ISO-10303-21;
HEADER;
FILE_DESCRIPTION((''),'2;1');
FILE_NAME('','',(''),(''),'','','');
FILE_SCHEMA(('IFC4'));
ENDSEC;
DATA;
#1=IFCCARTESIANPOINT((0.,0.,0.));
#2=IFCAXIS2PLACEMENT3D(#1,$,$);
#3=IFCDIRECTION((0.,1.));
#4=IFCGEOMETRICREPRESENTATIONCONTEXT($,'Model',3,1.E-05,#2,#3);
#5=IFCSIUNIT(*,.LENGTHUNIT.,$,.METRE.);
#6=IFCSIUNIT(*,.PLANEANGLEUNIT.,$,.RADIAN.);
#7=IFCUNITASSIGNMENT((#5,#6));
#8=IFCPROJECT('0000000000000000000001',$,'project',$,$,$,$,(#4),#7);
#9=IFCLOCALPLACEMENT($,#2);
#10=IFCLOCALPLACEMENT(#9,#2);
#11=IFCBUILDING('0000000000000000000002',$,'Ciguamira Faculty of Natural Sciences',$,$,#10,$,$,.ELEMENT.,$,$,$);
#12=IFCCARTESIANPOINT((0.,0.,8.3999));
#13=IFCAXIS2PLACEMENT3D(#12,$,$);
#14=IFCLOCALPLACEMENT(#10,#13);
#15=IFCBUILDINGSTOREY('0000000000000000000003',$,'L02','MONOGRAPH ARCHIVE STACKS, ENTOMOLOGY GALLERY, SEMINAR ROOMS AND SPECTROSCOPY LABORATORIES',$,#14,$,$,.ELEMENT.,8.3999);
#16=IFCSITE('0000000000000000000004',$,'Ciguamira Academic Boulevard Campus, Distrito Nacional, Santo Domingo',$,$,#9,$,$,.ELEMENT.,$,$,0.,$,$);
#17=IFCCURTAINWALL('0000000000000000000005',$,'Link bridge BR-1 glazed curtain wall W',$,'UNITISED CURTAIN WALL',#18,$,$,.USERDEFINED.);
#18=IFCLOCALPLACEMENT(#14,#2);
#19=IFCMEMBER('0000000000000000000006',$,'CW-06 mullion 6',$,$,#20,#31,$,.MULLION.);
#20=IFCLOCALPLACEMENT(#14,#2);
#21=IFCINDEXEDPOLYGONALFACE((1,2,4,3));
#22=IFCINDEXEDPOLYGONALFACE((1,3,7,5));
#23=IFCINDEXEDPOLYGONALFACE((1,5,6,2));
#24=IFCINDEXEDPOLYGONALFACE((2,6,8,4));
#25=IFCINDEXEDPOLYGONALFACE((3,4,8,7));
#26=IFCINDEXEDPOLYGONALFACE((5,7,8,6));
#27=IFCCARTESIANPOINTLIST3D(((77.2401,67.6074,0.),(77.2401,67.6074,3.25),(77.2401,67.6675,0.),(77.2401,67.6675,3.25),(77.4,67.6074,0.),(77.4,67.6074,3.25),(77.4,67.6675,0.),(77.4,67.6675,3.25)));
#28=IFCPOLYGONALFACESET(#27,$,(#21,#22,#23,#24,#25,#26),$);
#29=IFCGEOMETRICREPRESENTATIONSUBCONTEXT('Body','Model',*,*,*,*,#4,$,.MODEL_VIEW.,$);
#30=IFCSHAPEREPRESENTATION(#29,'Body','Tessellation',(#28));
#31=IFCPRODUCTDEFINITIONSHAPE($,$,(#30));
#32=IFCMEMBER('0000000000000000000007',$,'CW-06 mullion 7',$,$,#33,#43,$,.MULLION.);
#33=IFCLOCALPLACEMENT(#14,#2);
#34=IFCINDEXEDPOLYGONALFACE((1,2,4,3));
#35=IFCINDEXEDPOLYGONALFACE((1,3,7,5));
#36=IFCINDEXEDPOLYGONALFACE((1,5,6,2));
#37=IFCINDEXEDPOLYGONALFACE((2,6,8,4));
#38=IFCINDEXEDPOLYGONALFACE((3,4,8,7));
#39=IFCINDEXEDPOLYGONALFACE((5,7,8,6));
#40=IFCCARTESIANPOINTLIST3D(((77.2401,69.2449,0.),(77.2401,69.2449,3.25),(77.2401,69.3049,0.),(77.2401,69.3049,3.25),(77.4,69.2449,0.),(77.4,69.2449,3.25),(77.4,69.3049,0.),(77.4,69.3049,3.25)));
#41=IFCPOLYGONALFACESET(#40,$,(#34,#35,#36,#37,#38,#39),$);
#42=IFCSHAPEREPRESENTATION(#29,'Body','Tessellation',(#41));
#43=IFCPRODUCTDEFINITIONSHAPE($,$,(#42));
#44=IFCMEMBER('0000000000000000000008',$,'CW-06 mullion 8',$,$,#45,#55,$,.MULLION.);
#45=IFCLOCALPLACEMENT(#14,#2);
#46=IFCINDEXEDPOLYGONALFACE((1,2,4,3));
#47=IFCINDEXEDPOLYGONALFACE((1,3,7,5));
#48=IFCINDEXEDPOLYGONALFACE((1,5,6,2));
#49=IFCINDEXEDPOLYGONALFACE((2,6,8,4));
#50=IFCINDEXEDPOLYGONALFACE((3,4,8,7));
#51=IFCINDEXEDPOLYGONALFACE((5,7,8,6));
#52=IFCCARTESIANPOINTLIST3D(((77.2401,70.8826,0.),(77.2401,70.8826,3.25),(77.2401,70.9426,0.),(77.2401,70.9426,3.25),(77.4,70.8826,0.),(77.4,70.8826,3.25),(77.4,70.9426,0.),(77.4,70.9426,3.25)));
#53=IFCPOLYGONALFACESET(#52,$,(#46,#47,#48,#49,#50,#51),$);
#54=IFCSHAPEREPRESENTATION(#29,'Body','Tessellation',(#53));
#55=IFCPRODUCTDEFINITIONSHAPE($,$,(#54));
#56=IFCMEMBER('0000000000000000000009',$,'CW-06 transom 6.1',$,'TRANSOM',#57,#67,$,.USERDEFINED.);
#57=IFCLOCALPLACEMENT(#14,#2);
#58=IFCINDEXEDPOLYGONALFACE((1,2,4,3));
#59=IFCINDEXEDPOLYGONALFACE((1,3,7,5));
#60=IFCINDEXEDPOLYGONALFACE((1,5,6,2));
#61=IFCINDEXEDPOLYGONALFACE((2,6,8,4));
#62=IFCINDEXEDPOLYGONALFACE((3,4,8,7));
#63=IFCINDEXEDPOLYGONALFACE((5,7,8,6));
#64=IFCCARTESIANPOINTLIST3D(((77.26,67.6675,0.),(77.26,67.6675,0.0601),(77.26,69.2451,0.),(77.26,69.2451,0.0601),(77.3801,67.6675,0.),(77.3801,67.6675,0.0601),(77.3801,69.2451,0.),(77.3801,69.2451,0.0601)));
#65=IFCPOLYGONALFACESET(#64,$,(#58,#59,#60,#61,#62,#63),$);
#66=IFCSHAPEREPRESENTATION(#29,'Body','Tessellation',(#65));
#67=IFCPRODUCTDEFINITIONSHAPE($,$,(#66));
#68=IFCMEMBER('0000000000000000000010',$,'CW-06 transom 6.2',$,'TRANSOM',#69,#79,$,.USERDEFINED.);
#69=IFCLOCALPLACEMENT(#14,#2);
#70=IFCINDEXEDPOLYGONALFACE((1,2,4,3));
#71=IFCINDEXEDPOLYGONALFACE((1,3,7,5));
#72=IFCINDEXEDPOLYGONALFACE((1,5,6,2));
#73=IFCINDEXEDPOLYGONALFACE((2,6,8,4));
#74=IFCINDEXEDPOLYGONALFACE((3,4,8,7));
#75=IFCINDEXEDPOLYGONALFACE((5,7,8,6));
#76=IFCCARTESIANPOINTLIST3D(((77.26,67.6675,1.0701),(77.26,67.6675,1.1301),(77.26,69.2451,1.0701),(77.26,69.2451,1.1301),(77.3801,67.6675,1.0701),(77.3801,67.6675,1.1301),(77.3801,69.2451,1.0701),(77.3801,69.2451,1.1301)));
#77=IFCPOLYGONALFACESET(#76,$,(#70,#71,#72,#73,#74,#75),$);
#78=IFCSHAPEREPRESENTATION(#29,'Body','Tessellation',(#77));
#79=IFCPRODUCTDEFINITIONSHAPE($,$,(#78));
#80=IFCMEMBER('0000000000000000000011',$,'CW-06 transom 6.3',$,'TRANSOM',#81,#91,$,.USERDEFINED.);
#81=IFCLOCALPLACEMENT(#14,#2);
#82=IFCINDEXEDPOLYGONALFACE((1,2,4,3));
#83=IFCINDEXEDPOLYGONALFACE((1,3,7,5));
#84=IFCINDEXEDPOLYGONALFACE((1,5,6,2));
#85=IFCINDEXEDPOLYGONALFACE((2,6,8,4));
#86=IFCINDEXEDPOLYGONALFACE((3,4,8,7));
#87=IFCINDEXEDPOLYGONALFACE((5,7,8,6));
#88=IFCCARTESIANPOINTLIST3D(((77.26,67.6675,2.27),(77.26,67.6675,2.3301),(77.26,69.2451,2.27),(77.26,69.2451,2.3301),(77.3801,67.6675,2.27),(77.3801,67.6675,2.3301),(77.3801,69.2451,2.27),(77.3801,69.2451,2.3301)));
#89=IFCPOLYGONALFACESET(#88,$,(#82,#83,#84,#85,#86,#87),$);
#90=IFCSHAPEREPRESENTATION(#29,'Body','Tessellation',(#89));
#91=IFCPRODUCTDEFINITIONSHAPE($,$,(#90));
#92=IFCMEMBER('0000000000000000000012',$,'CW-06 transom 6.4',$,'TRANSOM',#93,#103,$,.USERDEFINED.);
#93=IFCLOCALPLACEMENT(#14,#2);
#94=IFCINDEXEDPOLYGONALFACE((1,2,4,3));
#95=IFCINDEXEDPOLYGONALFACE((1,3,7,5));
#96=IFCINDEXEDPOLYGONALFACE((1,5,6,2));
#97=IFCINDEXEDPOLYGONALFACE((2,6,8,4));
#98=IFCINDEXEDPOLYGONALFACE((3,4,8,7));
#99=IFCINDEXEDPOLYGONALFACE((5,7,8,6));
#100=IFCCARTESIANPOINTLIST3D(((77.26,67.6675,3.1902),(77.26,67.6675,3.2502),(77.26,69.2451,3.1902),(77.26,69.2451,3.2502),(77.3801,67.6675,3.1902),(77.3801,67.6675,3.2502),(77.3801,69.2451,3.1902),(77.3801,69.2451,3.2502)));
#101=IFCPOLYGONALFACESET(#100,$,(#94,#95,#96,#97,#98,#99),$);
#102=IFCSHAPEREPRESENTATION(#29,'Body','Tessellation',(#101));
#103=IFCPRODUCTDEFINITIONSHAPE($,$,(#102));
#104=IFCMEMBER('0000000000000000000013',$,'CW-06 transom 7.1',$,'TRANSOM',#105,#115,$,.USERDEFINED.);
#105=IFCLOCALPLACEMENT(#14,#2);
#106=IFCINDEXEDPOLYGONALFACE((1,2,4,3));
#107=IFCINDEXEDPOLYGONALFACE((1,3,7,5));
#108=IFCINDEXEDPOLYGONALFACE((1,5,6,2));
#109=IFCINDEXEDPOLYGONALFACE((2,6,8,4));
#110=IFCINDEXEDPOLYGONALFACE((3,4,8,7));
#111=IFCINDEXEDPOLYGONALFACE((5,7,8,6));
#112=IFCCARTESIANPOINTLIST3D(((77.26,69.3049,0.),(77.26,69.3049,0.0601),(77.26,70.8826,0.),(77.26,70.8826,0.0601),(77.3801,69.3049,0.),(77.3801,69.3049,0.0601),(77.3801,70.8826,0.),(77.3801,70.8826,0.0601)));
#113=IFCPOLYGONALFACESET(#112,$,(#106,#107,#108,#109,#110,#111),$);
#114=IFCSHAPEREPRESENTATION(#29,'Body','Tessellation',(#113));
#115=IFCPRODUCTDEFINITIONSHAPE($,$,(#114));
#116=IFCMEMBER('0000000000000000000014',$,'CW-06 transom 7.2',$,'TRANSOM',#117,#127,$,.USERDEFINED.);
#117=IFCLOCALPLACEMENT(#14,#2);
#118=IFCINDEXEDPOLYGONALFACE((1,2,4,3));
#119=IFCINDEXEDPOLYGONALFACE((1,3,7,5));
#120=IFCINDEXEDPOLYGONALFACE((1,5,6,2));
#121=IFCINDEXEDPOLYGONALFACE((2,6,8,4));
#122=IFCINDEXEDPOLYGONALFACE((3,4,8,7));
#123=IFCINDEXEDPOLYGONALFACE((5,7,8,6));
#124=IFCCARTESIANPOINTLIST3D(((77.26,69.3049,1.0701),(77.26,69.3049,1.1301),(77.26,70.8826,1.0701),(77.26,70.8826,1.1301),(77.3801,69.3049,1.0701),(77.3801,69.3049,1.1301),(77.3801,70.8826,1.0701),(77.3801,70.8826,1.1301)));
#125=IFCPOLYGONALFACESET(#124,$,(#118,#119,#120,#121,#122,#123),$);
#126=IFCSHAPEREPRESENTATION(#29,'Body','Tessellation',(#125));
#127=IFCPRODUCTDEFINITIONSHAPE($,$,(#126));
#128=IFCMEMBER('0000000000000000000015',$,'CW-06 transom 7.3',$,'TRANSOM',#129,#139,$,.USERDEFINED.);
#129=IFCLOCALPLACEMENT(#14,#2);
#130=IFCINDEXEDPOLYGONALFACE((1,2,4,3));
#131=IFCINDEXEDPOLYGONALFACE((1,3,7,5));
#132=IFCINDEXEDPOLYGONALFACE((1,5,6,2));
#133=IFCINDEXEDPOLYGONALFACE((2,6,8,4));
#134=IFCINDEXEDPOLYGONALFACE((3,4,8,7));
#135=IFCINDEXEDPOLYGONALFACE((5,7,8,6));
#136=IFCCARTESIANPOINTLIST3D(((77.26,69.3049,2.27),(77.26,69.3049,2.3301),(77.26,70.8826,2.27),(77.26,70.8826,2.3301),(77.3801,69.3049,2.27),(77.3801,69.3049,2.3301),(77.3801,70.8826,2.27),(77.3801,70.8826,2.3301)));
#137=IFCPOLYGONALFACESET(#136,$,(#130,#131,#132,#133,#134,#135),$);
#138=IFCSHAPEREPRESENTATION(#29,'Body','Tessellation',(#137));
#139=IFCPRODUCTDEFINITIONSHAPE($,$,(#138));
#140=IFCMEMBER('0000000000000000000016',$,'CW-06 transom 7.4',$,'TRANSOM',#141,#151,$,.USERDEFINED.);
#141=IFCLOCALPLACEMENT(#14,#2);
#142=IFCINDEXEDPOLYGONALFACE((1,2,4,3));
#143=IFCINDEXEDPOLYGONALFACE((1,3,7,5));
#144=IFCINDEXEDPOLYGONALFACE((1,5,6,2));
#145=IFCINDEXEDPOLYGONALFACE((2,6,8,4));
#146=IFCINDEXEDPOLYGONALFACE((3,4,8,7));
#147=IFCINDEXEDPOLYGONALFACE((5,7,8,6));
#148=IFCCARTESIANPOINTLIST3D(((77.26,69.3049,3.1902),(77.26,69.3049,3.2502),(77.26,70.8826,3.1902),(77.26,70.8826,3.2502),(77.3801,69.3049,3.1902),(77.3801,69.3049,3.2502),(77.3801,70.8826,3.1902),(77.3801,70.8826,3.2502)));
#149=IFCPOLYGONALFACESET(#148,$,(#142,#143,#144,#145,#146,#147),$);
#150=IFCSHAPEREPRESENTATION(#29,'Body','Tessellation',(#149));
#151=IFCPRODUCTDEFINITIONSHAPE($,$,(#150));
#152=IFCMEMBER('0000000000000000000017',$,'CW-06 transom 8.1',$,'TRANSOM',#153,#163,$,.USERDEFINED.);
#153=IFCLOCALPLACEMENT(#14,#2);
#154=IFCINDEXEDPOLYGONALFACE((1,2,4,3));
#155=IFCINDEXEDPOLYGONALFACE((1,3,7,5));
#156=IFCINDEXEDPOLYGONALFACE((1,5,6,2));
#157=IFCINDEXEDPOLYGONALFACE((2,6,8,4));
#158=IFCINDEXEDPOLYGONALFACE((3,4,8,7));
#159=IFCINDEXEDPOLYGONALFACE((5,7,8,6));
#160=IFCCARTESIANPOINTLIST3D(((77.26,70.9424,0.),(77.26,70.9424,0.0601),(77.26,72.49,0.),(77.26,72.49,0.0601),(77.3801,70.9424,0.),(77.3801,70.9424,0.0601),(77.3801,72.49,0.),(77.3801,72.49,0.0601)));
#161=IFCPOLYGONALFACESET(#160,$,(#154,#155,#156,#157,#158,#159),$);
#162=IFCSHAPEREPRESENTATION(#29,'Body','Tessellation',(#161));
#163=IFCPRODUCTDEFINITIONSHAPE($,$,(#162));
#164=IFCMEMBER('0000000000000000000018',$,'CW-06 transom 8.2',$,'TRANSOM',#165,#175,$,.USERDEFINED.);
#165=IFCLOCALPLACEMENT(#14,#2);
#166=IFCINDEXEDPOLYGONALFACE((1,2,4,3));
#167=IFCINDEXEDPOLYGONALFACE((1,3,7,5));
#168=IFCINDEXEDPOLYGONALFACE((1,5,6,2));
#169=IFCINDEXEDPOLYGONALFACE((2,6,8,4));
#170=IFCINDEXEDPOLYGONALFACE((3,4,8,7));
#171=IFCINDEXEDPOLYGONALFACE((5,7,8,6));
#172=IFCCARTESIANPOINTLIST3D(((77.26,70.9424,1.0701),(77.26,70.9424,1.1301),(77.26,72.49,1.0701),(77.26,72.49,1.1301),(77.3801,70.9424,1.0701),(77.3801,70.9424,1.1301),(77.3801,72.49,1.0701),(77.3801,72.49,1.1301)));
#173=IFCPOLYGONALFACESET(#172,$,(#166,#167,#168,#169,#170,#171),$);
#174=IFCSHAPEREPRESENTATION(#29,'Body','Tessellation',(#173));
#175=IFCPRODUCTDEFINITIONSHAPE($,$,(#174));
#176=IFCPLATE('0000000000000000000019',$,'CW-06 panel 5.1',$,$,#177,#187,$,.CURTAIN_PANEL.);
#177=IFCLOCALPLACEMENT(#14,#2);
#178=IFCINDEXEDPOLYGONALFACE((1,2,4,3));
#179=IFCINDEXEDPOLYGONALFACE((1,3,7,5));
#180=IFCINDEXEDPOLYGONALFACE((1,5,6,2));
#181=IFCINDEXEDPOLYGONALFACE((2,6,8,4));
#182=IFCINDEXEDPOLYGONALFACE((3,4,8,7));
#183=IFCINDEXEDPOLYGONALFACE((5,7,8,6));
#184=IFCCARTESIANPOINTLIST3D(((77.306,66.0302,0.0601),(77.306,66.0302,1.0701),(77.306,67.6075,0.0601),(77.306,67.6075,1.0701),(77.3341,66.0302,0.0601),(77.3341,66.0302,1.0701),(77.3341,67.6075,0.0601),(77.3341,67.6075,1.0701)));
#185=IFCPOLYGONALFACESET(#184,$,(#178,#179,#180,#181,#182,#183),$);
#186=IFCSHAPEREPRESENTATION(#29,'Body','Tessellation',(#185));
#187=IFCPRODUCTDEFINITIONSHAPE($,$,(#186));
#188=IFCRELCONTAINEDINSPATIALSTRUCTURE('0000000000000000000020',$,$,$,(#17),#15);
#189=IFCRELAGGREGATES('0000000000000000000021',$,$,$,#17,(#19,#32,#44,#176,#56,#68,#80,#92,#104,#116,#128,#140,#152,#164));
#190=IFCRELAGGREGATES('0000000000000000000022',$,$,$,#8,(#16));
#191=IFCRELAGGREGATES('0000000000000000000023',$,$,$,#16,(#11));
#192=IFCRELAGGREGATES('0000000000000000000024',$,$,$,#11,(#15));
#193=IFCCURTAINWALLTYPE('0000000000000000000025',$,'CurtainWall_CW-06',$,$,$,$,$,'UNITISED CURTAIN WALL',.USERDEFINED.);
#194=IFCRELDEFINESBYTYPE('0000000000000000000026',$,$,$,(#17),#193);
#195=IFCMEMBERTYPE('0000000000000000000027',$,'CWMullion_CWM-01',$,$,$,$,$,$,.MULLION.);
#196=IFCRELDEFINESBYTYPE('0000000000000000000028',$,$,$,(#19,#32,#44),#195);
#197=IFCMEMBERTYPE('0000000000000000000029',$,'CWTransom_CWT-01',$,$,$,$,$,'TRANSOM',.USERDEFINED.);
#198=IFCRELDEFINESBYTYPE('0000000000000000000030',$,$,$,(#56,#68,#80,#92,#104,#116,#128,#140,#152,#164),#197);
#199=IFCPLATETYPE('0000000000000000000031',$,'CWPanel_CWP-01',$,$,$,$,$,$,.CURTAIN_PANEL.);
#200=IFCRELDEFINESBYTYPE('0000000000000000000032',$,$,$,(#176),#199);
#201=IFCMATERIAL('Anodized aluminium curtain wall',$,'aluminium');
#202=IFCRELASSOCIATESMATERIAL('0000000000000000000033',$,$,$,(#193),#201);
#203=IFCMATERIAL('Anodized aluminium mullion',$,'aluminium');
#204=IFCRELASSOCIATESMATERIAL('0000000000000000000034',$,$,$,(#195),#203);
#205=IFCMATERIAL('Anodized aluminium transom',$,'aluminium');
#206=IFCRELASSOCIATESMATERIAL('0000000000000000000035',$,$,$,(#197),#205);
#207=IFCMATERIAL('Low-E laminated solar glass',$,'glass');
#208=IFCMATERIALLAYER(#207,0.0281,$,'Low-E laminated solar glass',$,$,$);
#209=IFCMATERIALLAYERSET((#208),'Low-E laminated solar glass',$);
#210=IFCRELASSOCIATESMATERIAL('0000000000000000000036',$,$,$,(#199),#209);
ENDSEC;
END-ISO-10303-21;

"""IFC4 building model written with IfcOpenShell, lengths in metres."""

from ifc_helpers import new_model, si_unit, direction, frame, origin, origin_2d, place, context, subcontext, project, spatial, rectangle, extrude, material, layer, layer_set, material_profile, profile_set, type_object, element, aggregate, save


model = new_model("IFC4")

# Units and contexts
model_context = context("Model", 3, precision=1e-05, world=origin(), true_north=direction((0.0, 1.0)))
body_context = subcontext(model_context, "Body", "Model", "MODEL_VIEW")
ifc_project = project(units=[si_unit("LENGTHUNIT", "METRE"), si_unit("PLANEANGLEUNIT", "RADIAN")], contexts=[model_context])

# Site, building, storey
site_placement = place(None, origin())
site = spatial("IfcSite", under=ifc_project, at=site_placement, Name="Ciguamira Academic Boulevard Campus, Distrito Nacional, Santo Domingo", CompositionType="ELEMENT", RefElevation=0.0)
building_placement = place(site_placement, origin())
building = spatial("IfcBuilding", under=site, at=building_placement, Name="Ciguamira Faculty of Natural Sciences", CompositionType="ELEMENT")
storey_placement = place(building_placement, frame((0.0, 0.0, 8.3999)))
storey = spatial("IfcBuildingStorey", under=building, at=storey_placement, Name="L02", Description="MONOGRAPH ARCHIVE STACKS, ENTOMOLOGY GALLERY, SEMINAR ROOMS AND SPECTROSCOPY LABORATORIES", CompositionType="ELEMENT", Elevation=8.3999)

# Curtain wall, members, plate
ifc_material_1 = material(Name="Anodized aluminium curtain wall", Category="aluminium")
curtain_wall_type = type_object("IfcCurtainWallType", Name="CurtainWall_CW-06", ElementType="UNITISED CURTAIN WALL", PredefinedType="USERDEFINED", material=ifc_material_1)
curtain_wall_placement = place(storey_placement, origin())
curtain_wall = element("IfcCurtainWall", 1, at=curtain_wall_placement, inside=storey, type_object=curtain_wall_type, Name="Link bridge BR-1 glazed curtain wall W", ObjectType="UNITISED CURTAIN WALL", PredefinedType="USERDEFINED")
ifc_material_2 = material(Name="Anodized aluminium mullion", Category="aluminium")
ifc_material_profile_1 = material_profile(ifc_material_2, rectangle(XDim=0.0601, YDim=0.1599, at=origin_2d()), Name="ALU-MUL-60X160")
ifc_profile_set_1 = profile_set([ifc_material_profile_1], Name="Anodized aluminium mullion")
member_type_1 = type_object("IfcMemberType", Name="CWMullion_CWM-01", PredefinedType="MULLION", material=ifc_profile_set_1)
member_1_placement = place(storey_placement, frame((77.3201, 67.6375, 0.0), z_axis=(0.0, 0.0, 1.0), x_axis=(0.0, 1.0, 0.0)))
member_1 = element("IfcMember", 2, at=member_1_placement, type_object=member_type_1, Name="CW-06 mullion 6", PredefinedType="MULLION", context=body_context, shape_type="SweptSolid", body=[
    extrude(rectangle(XDim=0.0601, YDim=0.1599, at=origin_2d()), origin(), (0.0, 0.0, 1.0), 3.25),
])
member_2_placement = place(storey_placement, frame((77.3201, 69.2749, 0.0), z_axis=(0.0, 0.0, 1.0), x_axis=(0.0, 1.0, 0.0)))
member_2 = element("IfcMember", 3, at=member_2_placement, type_object=member_type_1, Name="CW-06 mullion 7", PredefinedType="MULLION", context=body_context, shape_type="SweptSolid", body=[
    extrude(rectangle(XDim=0.0601, YDim=0.1599, at=origin_2d()), origin(), (0.0, 0.0, 1.0), 3.25),
])
member_3_placement = place(storey_placement, frame((77.3201, 70.9126, 0.0), z_axis=(0.0, 0.0, 1.0), x_axis=(0.0, 1.0, 0.0)))
member_3 = element("IfcMember", 4, at=member_3_placement, type_object=member_type_1, Name="CW-06 mullion 8", PredefinedType="MULLION", context=body_context, shape_type="SweptSolid", body=[
    extrude(rectangle(XDim=0.0601, YDim=0.1599, at=origin_2d()), origin(), (0.0, 0.0, 1.0), 3.25),
])
ifc_material_3 = material(Name="Anodized aluminium transom", Category="aluminium")
ifc_material_profile_2 = material_profile(ifc_material_3, rectangle(XDim=0.0601, YDim=0.1201, at=origin_2d()), Name="ALU-TRN-60X120")
ifc_profile_set_2 = profile_set([ifc_material_profile_2], Name="Anodized aluminium transom")
member_type_2 = type_object("IfcMemberType", Name="CWTransom_CWT-01", ElementType="TRANSOM", PredefinedType="USERDEFINED", material=ifc_profile_set_2)
member_4_placement = place(storey_placement, frame((77.3201, 67.6675, 0.03), z_axis=(0.0, 1.0, 0.0), x_axis=(0.0, 0.0, 1.0)))
member_4 = element("IfcMember", 5, at=member_4_placement, type_object=member_type_2, Name="CW-06 transom 6.1", ObjectType="TRANSOM", PredefinedType="USERDEFINED", context=body_context, shape_type="SweptSolid", body=[
    extrude(rectangle(XDim=0.0601, YDim=0.1201, at=origin_2d()), origin(), (0.0, 0.0, 1.0), 1.5776),
])
member_5_placement = place(storey_placement, frame((77.3201, 67.6675, 1.1001), z_axis=(0.0, 1.0, 0.0), x_axis=(0.0, 0.0, 1.0)))
member_5 = element("IfcMember", 6, at=member_5_placement, type_object=member_type_2, Name="CW-06 transom 6.2", ObjectType="TRANSOM", PredefinedType="USERDEFINED", context=body_context, shape_type="SweptSolid", body=[
    extrude(rectangle(XDim=0.0601, YDim=0.1201, at=origin_2d()), origin(), (0.0, 0.0, 1.0), 1.5776),
])
member_6_placement = place(storey_placement, frame((77.3201, 67.6675, 2.3), z_axis=(0.0, 1.0, 0.0), x_axis=(0.0, 0.0, 1.0)))
member_6 = element("IfcMember", 7, at=member_6_placement, type_object=member_type_2, Name="CW-06 transom 6.3", ObjectType="TRANSOM", PredefinedType="USERDEFINED", context=body_context, shape_type="SweptSolid", body=[
    extrude(rectangle(XDim=0.0601, YDim=0.1201, at=origin_2d()), origin(), (0.0, 0.0, 1.0), 1.5776),
])
member_7_placement = place(storey_placement, frame((77.3201, 67.6675, 3.2202), z_axis=(0.0, 1.0, 0.0), x_axis=(0.0, 0.0, 1.0)))
member_7 = element("IfcMember", 8, at=member_7_placement, type_object=member_type_2, Name="CW-06 transom 6.4", ObjectType="TRANSOM", PredefinedType="USERDEFINED", context=body_context, shape_type="SweptSolid", body=[
    extrude(rectangle(XDim=0.0601, YDim=0.1201, at=origin_2d()), origin(), (0.0, 0.0, 1.0), 1.5776),
])
member_8_placement = place(storey_placement, frame((77.3201, 69.3049, 0.03), z_axis=(0.0, 1.0, 0.0), x_axis=(0.0, 0.0, 1.0)))
member_8 = element("IfcMember", 9, at=member_8_placement, type_object=member_type_2, Name="CW-06 transom 7.1", ObjectType="TRANSOM", PredefinedType="USERDEFINED", context=body_context, shape_type="SweptSolid", body=[
    extrude(rectangle(XDim=0.0601, YDim=0.1201, at=origin_2d()), origin(), (0.0, 0.0, 1.0), 1.5776),
])
member_9_placement = place(storey_placement, frame((77.3201, 69.3049, 1.1001), z_axis=(0.0, 1.0, 0.0), x_axis=(0.0, 0.0, 1.0)))
member_9 = element("IfcMember", 10, at=member_9_placement, type_object=member_type_2, Name="CW-06 transom 7.2", ObjectType="TRANSOM", PredefinedType="USERDEFINED", context=body_context, shape_type="SweptSolid", body=[
    extrude(rectangle(XDim=0.0601, YDim=0.1201, at=origin_2d()), origin(), (0.0, 0.0, 1.0), 1.5776),
])
member_10_placement = place(storey_placement, frame((77.3201, 69.3049, 2.3), z_axis=(0.0, 1.0, 0.0), x_axis=(0.0, 0.0, 1.0)))
member_10 = element("IfcMember", 11, at=member_10_placement, type_object=member_type_2, Name="CW-06 transom 7.3", ObjectType="TRANSOM", PredefinedType="USERDEFINED", context=body_context, shape_type="SweptSolid", body=[
    extrude(rectangle(XDim=0.0601, YDim=0.1201, at=origin_2d()), origin(), (0.0, 0.0, 1.0), 1.5776),
])
member_11_placement = place(storey_placement, frame((77.3201, 69.3049, 3.2202), z_axis=(0.0, 1.0, 0.0), x_axis=(0.0, 0.0, 1.0)))
member_11 = element("IfcMember", 12, at=member_11_placement, type_object=member_type_2, Name="CW-06 transom 7.4", ObjectType="TRANSOM", PredefinedType="USERDEFINED", context=body_context, shape_type="SweptSolid", body=[
    extrude(rectangle(XDim=0.0601, YDim=0.1201, at=origin_2d()), origin(), (0.0, 0.0, 1.0), 1.5776),
])
member_12_placement = place(storey_placement, frame((77.3201, 70.9424, 0.03), z_axis=(0.0, 1.0, 0.0), x_axis=(0.0, 0.0, 1.0)))
member_12 = element("IfcMember", 13, at=member_12_placement, type_object=member_type_2, Name="CW-06 transom 8.1", ObjectType="TRANSOM", PredefinedType="USERDEFINED", context=body_context, shape_type="SweptSolid", body=[
    extrude(rectangle(XDim=0.0601, YDim=0.1201, at=origin_2d()), origin(), (0.0, 0.0, 1.0), 1.5476),
])
member_13_placement = place(storey_placement, frame((77.3201, 70.9424, 1.1001), z_axis=(0.0, 1.0, 0.0), x_axis=(0.0, 0.0, 1.0)))
member_13 = element("IfcMember", 14, at=member_13_placement, type_object=member_type_2, Name="CW-06 transom 8.2", ObjectType="TRANSOM", PredefinedType="USERDEFINED", context=body_context, shape_type="SweptSolid", body=[
    extrude(rectangle(XDim=0.0601, YDim=0.1201, at=origin_2d()), origin(), (0.0, 0.0, 1.0), 1.5476),
])
ifc_material_4 = material(Name="Low-E laminated solar glass", Category="glass")
ifc_layer = layer(ifc_material_4, 0.0281, Name="Low-E laminated solar glass")
ifc_layer_set = layer_set([ifc_layer], Name="Low-E laminated solar glass")
plate_type = type_object("IfcPlateType", Name="CWPanel_CWP-01", PredefinedType="CURTAIN_PANEL", material=ifc_layer_set)
plate_1_placement = place(storey_placement, frame((77.3201, 66.8188, 0.0601), z_axis=(0.0, 0.0, 1.0), x_axis=(0.0, 1.0, 0.0)))
plate_1 = element("IfcPlate", 15, at=plate_1_placement, type_object=plate_type, Name="CW-06 panel 5.1", PredefinedType="CURTAIN_PANEL", context=body_context, shape_type="SweptSolid", body=[
    extrude(rectangle(XDim=1.5774, YDim=0.0281, at=origin_2d()), origin(), (0.0, 0.0, 1.0), 1.01),
])
aggregate(curtain_wall, [member_1, member_2, member_3, plate_1, member_4, member_5, member_6, member_7, member_8, member_9, member_10, member_11, member_12, member_13])

save(model, "model.ifc")
